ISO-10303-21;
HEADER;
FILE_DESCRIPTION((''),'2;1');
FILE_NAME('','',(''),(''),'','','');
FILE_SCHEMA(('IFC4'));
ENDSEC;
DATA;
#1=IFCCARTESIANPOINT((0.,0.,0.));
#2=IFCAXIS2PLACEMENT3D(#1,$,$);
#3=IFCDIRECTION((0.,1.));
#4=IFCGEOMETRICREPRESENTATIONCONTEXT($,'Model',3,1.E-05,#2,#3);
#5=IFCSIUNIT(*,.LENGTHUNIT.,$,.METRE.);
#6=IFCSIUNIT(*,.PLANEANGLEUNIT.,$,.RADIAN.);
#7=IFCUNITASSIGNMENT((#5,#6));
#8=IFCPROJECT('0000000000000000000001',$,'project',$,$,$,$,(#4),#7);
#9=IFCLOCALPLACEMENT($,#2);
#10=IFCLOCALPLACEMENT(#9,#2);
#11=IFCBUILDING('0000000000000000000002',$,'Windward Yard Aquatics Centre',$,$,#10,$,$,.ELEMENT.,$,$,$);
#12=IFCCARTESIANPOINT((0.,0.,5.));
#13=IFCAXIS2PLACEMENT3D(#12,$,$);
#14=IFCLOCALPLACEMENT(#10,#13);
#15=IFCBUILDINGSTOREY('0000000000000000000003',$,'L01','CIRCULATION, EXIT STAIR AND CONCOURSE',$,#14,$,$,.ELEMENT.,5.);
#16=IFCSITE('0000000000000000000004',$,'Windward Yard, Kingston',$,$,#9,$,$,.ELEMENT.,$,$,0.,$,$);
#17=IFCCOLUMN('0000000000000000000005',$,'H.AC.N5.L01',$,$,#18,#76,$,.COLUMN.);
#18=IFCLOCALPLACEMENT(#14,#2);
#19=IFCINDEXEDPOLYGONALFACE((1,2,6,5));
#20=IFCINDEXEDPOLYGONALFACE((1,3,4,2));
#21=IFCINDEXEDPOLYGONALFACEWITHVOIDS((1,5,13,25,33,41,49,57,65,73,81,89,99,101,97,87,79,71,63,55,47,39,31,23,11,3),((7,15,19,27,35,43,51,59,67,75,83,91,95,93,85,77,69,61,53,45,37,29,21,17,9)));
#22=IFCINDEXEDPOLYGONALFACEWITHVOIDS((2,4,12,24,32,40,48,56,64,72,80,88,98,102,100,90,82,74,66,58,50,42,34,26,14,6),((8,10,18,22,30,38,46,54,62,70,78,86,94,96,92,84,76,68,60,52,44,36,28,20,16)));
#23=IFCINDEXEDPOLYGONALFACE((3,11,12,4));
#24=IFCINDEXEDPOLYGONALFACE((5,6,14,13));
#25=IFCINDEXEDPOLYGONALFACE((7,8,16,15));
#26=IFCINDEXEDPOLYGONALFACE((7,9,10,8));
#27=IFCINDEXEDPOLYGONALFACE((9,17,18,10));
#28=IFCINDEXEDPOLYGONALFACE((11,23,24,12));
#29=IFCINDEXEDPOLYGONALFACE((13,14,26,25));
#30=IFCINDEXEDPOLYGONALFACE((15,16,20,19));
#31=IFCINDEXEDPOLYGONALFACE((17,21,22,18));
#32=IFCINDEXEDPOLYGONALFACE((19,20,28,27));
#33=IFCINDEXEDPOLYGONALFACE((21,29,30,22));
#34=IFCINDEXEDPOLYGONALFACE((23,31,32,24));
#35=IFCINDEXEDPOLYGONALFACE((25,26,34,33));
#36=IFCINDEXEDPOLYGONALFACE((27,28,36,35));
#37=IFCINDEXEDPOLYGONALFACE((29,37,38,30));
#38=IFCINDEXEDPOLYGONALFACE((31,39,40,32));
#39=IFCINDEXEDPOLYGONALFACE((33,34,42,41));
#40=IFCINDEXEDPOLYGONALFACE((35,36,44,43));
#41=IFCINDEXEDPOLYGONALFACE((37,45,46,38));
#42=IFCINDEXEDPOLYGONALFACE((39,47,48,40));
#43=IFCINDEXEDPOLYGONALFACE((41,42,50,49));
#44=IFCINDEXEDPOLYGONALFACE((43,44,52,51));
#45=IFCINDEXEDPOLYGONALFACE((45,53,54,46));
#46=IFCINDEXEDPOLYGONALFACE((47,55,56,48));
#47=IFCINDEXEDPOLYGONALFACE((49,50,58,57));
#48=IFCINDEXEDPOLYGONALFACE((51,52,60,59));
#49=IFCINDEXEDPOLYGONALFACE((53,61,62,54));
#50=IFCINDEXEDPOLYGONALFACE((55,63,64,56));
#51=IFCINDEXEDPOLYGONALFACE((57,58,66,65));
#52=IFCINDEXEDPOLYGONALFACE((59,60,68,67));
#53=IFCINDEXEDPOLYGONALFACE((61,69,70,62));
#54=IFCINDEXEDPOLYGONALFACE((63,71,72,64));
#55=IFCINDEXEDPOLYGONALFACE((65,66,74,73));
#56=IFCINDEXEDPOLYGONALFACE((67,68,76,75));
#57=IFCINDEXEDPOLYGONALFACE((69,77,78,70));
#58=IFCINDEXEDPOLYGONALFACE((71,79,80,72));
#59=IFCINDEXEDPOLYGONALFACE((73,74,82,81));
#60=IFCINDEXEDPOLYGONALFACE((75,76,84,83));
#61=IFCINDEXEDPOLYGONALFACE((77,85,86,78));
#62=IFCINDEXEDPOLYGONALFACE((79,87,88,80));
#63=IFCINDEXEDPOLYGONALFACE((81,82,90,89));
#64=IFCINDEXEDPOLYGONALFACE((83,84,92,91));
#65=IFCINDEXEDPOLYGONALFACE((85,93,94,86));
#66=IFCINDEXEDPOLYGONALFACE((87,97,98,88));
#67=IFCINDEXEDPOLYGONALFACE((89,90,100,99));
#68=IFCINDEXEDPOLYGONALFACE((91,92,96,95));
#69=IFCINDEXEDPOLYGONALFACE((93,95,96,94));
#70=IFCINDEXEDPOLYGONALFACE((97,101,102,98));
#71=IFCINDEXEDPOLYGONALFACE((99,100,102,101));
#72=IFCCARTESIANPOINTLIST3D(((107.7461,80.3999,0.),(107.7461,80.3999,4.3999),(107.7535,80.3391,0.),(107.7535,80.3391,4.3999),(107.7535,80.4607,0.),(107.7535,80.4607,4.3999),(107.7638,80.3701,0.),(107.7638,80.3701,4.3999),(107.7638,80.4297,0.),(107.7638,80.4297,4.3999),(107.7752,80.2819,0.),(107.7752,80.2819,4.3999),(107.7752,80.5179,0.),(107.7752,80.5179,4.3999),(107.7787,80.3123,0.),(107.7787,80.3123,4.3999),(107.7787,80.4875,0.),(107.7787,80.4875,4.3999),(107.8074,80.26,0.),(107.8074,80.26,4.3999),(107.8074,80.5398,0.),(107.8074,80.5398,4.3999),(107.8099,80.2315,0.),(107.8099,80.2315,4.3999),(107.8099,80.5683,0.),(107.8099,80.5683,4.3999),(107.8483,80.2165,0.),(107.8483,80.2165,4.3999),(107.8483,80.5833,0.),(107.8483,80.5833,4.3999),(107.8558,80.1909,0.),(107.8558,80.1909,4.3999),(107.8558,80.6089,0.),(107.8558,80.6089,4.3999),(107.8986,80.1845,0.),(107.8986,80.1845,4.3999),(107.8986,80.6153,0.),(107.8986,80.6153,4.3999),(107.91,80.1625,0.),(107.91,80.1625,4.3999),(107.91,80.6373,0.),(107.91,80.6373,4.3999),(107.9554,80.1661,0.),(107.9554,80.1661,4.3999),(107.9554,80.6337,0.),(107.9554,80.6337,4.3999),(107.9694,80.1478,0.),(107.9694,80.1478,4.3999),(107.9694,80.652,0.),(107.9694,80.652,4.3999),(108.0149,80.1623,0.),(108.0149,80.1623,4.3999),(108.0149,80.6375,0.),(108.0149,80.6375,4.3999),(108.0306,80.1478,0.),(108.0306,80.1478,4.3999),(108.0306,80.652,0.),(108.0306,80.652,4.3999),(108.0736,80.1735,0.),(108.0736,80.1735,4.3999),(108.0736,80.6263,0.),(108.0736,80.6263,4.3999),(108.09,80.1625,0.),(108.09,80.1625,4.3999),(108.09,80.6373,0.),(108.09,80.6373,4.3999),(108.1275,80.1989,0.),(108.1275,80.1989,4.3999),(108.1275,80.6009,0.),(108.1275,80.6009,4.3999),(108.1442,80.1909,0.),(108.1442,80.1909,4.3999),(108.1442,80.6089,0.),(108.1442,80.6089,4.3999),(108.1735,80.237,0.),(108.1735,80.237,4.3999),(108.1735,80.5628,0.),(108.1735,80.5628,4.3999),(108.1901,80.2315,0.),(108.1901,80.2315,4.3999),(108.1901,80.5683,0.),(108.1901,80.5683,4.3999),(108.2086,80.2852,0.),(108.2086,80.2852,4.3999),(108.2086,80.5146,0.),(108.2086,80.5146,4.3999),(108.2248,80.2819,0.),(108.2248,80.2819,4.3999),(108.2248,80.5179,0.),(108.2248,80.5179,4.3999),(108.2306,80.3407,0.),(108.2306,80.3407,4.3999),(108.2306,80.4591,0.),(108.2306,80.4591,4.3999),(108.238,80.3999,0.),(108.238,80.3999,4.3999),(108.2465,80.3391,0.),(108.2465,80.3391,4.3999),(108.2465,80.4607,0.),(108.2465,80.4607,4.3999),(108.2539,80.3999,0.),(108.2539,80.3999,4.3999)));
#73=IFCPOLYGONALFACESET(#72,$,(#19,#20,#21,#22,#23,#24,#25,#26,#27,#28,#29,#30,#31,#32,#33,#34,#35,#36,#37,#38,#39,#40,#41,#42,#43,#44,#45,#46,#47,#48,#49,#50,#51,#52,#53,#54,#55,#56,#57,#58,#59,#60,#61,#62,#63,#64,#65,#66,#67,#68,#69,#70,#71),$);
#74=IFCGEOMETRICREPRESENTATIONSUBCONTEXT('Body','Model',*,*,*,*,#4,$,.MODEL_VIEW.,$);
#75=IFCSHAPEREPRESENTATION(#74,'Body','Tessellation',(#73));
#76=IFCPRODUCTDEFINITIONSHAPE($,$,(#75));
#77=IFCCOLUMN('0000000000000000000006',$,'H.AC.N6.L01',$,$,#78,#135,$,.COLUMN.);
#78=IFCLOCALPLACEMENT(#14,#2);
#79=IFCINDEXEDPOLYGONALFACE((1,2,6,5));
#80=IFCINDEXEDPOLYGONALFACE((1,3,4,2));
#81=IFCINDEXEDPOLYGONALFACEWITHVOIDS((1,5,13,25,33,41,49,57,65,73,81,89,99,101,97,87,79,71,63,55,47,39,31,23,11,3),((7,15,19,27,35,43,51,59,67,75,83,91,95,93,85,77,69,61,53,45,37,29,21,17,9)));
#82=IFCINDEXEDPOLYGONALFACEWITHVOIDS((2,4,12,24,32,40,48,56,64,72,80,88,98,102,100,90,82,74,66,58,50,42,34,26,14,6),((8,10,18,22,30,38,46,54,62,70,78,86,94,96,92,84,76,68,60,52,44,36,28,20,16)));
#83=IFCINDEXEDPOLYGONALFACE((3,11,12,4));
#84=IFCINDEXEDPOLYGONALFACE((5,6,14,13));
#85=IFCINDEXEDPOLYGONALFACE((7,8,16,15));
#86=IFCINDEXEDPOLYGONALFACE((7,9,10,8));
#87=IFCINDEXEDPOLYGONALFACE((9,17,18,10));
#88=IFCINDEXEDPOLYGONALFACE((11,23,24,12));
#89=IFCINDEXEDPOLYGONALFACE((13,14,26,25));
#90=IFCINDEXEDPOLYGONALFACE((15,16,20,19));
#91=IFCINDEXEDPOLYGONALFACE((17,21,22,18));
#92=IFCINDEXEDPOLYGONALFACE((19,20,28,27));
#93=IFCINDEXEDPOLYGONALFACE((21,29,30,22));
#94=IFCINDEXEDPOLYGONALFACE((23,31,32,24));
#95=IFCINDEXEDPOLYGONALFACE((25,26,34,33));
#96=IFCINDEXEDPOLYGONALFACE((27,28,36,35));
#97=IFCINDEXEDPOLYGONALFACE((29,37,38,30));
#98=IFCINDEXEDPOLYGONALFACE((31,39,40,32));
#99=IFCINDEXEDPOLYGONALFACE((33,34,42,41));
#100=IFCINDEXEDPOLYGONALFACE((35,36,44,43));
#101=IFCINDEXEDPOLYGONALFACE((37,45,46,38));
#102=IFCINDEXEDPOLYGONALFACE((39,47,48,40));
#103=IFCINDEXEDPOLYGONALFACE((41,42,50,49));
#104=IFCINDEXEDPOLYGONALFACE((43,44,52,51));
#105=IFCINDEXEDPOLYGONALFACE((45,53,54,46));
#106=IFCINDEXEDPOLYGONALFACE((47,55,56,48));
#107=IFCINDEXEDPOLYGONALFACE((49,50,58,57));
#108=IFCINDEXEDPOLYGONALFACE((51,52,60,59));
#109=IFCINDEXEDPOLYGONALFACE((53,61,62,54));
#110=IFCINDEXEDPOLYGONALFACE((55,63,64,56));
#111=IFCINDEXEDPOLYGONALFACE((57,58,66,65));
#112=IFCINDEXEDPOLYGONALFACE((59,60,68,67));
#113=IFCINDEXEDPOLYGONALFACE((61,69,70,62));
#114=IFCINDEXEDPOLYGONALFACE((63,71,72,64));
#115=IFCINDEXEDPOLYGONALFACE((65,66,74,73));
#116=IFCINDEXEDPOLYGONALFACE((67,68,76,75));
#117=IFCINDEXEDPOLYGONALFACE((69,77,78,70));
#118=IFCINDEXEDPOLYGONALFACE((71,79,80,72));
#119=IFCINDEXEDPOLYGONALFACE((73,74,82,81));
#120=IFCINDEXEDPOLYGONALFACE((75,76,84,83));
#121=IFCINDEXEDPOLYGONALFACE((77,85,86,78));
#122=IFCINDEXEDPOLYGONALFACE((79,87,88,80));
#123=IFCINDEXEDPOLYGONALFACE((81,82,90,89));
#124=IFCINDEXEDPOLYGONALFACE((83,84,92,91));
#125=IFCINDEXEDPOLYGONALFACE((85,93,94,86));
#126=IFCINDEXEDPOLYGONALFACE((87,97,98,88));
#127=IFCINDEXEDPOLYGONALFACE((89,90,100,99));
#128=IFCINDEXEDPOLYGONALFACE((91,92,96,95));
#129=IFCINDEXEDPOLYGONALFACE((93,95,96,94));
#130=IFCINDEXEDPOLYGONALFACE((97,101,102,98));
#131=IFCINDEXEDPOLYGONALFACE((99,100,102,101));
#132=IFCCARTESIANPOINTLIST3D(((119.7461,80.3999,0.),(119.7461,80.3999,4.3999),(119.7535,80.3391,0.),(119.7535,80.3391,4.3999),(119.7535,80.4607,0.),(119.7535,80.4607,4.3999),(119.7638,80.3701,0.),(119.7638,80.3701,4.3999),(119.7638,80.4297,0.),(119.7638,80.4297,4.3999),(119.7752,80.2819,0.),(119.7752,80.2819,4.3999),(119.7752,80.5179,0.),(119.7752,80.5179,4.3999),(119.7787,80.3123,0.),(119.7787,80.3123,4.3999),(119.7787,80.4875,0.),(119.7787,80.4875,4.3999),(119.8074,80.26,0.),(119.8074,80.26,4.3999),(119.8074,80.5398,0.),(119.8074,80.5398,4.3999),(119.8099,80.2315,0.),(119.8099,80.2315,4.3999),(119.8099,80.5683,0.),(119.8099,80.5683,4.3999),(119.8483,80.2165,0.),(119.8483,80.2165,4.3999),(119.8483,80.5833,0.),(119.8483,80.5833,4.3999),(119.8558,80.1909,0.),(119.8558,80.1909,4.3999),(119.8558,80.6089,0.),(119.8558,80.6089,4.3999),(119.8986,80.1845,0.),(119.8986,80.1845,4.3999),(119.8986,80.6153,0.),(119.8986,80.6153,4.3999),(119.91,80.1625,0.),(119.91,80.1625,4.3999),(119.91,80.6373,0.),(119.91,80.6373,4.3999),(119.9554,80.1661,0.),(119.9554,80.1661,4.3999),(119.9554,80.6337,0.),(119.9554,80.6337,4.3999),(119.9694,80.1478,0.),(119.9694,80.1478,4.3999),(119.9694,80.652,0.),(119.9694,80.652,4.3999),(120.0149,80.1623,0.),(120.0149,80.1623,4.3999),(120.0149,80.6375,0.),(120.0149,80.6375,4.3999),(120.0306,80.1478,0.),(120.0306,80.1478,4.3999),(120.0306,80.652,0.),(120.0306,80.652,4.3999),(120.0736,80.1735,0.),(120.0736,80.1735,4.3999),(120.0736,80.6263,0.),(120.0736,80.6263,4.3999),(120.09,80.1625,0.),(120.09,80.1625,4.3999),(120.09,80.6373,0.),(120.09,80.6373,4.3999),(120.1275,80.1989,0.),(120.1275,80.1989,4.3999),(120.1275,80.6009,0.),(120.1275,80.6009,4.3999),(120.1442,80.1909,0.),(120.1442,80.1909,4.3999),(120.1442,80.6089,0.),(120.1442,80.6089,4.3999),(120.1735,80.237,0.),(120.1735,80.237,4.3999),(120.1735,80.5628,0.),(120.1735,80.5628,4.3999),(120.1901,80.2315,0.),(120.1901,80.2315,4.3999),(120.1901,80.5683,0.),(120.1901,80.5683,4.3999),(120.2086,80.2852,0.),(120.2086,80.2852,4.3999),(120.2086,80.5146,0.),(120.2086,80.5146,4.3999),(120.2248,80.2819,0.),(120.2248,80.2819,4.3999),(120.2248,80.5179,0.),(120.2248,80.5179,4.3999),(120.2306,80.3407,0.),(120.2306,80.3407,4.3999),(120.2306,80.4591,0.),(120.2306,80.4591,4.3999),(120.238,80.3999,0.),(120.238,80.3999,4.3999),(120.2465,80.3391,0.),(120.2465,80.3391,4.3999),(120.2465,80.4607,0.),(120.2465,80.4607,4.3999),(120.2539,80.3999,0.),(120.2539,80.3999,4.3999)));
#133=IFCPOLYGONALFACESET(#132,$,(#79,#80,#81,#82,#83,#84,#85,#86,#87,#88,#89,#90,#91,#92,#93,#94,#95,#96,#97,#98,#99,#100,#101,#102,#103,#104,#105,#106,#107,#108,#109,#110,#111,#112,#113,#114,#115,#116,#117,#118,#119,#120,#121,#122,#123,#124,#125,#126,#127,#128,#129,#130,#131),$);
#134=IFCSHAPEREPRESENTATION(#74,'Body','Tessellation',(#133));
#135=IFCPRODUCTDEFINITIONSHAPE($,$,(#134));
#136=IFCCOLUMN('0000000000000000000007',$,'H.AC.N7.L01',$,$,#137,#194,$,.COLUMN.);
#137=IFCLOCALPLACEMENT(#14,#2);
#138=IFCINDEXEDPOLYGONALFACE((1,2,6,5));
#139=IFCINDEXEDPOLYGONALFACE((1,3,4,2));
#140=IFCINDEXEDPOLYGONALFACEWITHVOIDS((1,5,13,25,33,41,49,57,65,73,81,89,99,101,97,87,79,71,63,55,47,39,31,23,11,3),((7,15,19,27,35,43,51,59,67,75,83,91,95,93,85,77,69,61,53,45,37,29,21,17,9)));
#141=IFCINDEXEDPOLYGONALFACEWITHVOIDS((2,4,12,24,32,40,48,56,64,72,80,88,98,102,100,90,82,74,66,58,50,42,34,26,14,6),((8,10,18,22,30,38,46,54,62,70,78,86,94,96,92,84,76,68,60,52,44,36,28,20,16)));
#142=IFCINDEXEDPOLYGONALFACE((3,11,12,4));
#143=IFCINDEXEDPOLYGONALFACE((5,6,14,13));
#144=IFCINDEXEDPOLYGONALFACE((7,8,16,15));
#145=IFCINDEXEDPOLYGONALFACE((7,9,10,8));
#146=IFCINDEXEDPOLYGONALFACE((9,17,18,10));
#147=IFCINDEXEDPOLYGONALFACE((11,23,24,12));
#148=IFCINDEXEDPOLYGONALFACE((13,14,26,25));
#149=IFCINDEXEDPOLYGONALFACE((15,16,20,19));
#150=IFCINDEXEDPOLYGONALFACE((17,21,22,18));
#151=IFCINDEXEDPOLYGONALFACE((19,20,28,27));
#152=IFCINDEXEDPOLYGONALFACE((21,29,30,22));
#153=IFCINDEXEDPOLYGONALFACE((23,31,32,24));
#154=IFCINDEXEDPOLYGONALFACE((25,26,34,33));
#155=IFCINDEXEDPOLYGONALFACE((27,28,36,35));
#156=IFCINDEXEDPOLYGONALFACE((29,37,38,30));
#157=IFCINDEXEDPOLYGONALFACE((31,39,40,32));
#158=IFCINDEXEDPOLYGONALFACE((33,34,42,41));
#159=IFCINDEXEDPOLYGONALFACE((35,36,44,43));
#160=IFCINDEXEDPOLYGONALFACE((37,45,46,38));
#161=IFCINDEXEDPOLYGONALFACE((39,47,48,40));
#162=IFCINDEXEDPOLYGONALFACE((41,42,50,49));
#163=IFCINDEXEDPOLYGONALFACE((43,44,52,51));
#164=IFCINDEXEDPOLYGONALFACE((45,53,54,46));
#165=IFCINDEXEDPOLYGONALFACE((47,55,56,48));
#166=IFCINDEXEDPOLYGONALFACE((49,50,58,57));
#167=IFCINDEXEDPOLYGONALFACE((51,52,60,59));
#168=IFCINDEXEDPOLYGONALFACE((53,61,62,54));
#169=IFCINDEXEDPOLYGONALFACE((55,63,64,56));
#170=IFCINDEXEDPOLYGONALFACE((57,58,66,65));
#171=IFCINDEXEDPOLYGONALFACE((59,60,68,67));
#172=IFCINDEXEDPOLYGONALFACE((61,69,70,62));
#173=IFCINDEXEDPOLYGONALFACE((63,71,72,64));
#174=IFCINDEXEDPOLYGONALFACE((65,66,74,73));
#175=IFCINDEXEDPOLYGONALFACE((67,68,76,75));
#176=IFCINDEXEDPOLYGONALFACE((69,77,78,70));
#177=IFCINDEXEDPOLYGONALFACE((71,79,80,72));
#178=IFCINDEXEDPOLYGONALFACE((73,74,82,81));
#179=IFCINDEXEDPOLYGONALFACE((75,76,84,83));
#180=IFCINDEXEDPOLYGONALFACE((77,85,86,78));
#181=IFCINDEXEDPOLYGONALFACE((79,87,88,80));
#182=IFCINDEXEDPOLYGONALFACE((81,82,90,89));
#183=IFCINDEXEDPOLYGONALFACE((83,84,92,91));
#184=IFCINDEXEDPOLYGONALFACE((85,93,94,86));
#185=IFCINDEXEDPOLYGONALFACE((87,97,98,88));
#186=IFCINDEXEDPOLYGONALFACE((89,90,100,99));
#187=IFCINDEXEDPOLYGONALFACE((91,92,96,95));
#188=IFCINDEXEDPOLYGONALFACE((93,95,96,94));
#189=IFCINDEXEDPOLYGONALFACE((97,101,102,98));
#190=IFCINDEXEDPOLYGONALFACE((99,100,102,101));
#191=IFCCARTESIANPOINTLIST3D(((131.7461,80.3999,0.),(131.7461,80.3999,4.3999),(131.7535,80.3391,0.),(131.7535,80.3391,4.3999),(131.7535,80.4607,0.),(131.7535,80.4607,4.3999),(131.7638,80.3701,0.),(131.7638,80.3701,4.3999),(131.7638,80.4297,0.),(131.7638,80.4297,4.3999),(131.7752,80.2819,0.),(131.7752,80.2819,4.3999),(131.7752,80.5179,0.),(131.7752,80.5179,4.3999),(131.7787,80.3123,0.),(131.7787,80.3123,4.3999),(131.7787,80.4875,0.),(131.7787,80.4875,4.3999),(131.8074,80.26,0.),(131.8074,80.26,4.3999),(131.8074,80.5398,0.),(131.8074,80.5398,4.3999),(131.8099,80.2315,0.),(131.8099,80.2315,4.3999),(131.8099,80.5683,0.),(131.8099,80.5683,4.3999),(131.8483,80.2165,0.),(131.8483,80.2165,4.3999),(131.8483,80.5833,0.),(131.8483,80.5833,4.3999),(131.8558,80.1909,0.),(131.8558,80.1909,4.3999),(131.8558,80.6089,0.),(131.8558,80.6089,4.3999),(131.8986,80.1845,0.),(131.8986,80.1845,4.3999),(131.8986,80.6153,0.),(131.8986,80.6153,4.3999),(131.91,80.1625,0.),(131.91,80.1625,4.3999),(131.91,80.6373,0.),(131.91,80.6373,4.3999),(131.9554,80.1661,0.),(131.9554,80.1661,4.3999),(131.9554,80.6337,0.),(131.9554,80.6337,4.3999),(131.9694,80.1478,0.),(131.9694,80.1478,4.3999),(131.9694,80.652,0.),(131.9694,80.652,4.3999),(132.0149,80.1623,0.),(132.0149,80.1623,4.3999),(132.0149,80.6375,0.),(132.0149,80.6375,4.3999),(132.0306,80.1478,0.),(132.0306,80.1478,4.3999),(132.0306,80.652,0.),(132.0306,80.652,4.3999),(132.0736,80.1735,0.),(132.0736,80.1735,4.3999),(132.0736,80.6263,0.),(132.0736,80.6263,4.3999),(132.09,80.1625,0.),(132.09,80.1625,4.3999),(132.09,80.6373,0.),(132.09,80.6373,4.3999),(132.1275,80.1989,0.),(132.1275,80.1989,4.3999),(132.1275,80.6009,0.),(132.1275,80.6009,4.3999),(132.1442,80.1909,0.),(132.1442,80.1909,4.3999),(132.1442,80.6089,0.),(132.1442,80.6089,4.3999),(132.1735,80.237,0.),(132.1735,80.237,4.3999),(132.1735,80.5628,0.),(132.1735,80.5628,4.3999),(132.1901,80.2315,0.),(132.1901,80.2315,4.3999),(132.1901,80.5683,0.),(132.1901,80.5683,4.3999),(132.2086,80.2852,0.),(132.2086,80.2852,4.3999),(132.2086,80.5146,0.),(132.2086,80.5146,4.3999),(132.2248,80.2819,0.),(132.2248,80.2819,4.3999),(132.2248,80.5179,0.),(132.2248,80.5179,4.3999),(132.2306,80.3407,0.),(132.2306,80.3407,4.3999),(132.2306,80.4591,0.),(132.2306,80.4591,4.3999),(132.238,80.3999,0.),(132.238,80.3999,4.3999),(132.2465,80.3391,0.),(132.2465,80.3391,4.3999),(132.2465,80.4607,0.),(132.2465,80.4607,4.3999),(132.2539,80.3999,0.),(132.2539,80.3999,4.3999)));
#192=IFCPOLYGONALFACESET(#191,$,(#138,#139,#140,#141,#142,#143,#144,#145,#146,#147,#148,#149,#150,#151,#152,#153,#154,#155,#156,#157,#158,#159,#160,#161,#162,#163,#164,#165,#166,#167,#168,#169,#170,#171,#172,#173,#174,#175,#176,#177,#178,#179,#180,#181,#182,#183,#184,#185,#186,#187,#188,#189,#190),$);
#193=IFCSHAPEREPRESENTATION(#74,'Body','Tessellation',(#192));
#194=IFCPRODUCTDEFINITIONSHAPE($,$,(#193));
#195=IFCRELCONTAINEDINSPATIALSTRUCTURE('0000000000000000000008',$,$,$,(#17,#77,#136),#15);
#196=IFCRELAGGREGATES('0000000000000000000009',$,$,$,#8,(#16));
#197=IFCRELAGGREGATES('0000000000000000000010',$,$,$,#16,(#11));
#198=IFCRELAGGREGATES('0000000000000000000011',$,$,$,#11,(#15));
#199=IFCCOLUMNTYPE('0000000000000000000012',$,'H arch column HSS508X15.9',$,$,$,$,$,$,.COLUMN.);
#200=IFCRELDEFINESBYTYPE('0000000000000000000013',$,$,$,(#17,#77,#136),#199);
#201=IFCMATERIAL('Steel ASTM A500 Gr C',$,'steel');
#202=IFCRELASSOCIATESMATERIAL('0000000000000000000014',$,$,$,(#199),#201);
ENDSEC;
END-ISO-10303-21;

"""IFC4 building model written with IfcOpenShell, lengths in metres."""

from ifc_helpers import new_model, si_unit, direction, frame, origin, origin_2d, place, context, subcontext, project, spatial, hollow_circle, extrude, material, material_profile, profile_set, type_object, element, save


model = new_model("IFC4")

# Units and contexts
model_context = context("Model", 3, precision=1e-05, world=origin(), true_north=direction((0.0, 1.0)))
body_context = subcontext(model_context, "Body", "Model", "MODEL_VIEW")
ifc_project = project(units=[si_unit("LENGTHUNIT", "METRE"), si_unit("PLANEANGLEUNIT", "RADIAN")], contexts=[model_context])

# Site, building, storey
site_placement = place(None, origin())
site = spatial("IfcSite", under=ifc_project, at=site_placement, Name="Windward Yard, Kingston", CompositionType="ELEMENT", RefElevation=0.0)
building_placement = place(site_placement, origin())
building = spatial("IfcBuilding", under=site, at=building_placement, Name="Windward Yard Aquatics Centre", CompositionType="ELEMENT")
storey_placement = place(building_placement, frame((0.0, 0.0, 5.0)))
storey = spatial("IfcBuildingStorey", under=building, at=storey_placement, Name="L01", Description="CIRCULATION, EXIT STAIR AND CONCOURSE", CompositionType="ELEMENT", Elevation=5.0)

# Columns
ifc_material_1 = material(Name="Steel ASTM A500 Gr C", Category="steel")
ifc_material_profile_1 = material_profile(ifc_material_1, hollow_circle(Radius=0.2539, WallThickness=0.0159, at=origin_2d()), Name="HSS508X15.9")
ifc_profile_set_1 = profile_set([ifc_material_profile_1], Name="Steel ASTM A500 Gr C")
column_type_1 = type_object("IfcColumnType", Name="H arch column HSS508X15.9", PredefinedType="COLUMN", material=ifc_profile_set_1)
for number, where, z_axis, x_axis, name in (
    (1, (108.0, 80.3999, 0.0), (0.0, 0.0, 1.0), (1.0, 0.0, 0.0), "H.AC.N5.L01"),
    (2, (120.0, 80.3999, 0.0), (0.0, 0.0, 1.0), (1.0, 0.0, 0.0), "H.AC.N6.L01"),
    (3, (132.0, 80.3999, 0.0), (0.0, 0.0, 1.0), (1.0, 0.0, 0.0), "H.AC.N7.L01"),
):
    element("IfcColumn", number, at=place(storey_placement, frame(where, z_axis=z_axis, x_axis=x_axis)), inside=storey, type_object=column_type_1, Name=name, PredefinedType="COLUMN", context=body_context, shape_type="SweptSolid", body=[
        extrude(hollow_circle(Radius=0.2539, WallThickness=0.0159, at=origin_2d()), origin(), (0.0, 0.0, 1.0), 4.3999),
    ])

save(model, "model.ifc")
